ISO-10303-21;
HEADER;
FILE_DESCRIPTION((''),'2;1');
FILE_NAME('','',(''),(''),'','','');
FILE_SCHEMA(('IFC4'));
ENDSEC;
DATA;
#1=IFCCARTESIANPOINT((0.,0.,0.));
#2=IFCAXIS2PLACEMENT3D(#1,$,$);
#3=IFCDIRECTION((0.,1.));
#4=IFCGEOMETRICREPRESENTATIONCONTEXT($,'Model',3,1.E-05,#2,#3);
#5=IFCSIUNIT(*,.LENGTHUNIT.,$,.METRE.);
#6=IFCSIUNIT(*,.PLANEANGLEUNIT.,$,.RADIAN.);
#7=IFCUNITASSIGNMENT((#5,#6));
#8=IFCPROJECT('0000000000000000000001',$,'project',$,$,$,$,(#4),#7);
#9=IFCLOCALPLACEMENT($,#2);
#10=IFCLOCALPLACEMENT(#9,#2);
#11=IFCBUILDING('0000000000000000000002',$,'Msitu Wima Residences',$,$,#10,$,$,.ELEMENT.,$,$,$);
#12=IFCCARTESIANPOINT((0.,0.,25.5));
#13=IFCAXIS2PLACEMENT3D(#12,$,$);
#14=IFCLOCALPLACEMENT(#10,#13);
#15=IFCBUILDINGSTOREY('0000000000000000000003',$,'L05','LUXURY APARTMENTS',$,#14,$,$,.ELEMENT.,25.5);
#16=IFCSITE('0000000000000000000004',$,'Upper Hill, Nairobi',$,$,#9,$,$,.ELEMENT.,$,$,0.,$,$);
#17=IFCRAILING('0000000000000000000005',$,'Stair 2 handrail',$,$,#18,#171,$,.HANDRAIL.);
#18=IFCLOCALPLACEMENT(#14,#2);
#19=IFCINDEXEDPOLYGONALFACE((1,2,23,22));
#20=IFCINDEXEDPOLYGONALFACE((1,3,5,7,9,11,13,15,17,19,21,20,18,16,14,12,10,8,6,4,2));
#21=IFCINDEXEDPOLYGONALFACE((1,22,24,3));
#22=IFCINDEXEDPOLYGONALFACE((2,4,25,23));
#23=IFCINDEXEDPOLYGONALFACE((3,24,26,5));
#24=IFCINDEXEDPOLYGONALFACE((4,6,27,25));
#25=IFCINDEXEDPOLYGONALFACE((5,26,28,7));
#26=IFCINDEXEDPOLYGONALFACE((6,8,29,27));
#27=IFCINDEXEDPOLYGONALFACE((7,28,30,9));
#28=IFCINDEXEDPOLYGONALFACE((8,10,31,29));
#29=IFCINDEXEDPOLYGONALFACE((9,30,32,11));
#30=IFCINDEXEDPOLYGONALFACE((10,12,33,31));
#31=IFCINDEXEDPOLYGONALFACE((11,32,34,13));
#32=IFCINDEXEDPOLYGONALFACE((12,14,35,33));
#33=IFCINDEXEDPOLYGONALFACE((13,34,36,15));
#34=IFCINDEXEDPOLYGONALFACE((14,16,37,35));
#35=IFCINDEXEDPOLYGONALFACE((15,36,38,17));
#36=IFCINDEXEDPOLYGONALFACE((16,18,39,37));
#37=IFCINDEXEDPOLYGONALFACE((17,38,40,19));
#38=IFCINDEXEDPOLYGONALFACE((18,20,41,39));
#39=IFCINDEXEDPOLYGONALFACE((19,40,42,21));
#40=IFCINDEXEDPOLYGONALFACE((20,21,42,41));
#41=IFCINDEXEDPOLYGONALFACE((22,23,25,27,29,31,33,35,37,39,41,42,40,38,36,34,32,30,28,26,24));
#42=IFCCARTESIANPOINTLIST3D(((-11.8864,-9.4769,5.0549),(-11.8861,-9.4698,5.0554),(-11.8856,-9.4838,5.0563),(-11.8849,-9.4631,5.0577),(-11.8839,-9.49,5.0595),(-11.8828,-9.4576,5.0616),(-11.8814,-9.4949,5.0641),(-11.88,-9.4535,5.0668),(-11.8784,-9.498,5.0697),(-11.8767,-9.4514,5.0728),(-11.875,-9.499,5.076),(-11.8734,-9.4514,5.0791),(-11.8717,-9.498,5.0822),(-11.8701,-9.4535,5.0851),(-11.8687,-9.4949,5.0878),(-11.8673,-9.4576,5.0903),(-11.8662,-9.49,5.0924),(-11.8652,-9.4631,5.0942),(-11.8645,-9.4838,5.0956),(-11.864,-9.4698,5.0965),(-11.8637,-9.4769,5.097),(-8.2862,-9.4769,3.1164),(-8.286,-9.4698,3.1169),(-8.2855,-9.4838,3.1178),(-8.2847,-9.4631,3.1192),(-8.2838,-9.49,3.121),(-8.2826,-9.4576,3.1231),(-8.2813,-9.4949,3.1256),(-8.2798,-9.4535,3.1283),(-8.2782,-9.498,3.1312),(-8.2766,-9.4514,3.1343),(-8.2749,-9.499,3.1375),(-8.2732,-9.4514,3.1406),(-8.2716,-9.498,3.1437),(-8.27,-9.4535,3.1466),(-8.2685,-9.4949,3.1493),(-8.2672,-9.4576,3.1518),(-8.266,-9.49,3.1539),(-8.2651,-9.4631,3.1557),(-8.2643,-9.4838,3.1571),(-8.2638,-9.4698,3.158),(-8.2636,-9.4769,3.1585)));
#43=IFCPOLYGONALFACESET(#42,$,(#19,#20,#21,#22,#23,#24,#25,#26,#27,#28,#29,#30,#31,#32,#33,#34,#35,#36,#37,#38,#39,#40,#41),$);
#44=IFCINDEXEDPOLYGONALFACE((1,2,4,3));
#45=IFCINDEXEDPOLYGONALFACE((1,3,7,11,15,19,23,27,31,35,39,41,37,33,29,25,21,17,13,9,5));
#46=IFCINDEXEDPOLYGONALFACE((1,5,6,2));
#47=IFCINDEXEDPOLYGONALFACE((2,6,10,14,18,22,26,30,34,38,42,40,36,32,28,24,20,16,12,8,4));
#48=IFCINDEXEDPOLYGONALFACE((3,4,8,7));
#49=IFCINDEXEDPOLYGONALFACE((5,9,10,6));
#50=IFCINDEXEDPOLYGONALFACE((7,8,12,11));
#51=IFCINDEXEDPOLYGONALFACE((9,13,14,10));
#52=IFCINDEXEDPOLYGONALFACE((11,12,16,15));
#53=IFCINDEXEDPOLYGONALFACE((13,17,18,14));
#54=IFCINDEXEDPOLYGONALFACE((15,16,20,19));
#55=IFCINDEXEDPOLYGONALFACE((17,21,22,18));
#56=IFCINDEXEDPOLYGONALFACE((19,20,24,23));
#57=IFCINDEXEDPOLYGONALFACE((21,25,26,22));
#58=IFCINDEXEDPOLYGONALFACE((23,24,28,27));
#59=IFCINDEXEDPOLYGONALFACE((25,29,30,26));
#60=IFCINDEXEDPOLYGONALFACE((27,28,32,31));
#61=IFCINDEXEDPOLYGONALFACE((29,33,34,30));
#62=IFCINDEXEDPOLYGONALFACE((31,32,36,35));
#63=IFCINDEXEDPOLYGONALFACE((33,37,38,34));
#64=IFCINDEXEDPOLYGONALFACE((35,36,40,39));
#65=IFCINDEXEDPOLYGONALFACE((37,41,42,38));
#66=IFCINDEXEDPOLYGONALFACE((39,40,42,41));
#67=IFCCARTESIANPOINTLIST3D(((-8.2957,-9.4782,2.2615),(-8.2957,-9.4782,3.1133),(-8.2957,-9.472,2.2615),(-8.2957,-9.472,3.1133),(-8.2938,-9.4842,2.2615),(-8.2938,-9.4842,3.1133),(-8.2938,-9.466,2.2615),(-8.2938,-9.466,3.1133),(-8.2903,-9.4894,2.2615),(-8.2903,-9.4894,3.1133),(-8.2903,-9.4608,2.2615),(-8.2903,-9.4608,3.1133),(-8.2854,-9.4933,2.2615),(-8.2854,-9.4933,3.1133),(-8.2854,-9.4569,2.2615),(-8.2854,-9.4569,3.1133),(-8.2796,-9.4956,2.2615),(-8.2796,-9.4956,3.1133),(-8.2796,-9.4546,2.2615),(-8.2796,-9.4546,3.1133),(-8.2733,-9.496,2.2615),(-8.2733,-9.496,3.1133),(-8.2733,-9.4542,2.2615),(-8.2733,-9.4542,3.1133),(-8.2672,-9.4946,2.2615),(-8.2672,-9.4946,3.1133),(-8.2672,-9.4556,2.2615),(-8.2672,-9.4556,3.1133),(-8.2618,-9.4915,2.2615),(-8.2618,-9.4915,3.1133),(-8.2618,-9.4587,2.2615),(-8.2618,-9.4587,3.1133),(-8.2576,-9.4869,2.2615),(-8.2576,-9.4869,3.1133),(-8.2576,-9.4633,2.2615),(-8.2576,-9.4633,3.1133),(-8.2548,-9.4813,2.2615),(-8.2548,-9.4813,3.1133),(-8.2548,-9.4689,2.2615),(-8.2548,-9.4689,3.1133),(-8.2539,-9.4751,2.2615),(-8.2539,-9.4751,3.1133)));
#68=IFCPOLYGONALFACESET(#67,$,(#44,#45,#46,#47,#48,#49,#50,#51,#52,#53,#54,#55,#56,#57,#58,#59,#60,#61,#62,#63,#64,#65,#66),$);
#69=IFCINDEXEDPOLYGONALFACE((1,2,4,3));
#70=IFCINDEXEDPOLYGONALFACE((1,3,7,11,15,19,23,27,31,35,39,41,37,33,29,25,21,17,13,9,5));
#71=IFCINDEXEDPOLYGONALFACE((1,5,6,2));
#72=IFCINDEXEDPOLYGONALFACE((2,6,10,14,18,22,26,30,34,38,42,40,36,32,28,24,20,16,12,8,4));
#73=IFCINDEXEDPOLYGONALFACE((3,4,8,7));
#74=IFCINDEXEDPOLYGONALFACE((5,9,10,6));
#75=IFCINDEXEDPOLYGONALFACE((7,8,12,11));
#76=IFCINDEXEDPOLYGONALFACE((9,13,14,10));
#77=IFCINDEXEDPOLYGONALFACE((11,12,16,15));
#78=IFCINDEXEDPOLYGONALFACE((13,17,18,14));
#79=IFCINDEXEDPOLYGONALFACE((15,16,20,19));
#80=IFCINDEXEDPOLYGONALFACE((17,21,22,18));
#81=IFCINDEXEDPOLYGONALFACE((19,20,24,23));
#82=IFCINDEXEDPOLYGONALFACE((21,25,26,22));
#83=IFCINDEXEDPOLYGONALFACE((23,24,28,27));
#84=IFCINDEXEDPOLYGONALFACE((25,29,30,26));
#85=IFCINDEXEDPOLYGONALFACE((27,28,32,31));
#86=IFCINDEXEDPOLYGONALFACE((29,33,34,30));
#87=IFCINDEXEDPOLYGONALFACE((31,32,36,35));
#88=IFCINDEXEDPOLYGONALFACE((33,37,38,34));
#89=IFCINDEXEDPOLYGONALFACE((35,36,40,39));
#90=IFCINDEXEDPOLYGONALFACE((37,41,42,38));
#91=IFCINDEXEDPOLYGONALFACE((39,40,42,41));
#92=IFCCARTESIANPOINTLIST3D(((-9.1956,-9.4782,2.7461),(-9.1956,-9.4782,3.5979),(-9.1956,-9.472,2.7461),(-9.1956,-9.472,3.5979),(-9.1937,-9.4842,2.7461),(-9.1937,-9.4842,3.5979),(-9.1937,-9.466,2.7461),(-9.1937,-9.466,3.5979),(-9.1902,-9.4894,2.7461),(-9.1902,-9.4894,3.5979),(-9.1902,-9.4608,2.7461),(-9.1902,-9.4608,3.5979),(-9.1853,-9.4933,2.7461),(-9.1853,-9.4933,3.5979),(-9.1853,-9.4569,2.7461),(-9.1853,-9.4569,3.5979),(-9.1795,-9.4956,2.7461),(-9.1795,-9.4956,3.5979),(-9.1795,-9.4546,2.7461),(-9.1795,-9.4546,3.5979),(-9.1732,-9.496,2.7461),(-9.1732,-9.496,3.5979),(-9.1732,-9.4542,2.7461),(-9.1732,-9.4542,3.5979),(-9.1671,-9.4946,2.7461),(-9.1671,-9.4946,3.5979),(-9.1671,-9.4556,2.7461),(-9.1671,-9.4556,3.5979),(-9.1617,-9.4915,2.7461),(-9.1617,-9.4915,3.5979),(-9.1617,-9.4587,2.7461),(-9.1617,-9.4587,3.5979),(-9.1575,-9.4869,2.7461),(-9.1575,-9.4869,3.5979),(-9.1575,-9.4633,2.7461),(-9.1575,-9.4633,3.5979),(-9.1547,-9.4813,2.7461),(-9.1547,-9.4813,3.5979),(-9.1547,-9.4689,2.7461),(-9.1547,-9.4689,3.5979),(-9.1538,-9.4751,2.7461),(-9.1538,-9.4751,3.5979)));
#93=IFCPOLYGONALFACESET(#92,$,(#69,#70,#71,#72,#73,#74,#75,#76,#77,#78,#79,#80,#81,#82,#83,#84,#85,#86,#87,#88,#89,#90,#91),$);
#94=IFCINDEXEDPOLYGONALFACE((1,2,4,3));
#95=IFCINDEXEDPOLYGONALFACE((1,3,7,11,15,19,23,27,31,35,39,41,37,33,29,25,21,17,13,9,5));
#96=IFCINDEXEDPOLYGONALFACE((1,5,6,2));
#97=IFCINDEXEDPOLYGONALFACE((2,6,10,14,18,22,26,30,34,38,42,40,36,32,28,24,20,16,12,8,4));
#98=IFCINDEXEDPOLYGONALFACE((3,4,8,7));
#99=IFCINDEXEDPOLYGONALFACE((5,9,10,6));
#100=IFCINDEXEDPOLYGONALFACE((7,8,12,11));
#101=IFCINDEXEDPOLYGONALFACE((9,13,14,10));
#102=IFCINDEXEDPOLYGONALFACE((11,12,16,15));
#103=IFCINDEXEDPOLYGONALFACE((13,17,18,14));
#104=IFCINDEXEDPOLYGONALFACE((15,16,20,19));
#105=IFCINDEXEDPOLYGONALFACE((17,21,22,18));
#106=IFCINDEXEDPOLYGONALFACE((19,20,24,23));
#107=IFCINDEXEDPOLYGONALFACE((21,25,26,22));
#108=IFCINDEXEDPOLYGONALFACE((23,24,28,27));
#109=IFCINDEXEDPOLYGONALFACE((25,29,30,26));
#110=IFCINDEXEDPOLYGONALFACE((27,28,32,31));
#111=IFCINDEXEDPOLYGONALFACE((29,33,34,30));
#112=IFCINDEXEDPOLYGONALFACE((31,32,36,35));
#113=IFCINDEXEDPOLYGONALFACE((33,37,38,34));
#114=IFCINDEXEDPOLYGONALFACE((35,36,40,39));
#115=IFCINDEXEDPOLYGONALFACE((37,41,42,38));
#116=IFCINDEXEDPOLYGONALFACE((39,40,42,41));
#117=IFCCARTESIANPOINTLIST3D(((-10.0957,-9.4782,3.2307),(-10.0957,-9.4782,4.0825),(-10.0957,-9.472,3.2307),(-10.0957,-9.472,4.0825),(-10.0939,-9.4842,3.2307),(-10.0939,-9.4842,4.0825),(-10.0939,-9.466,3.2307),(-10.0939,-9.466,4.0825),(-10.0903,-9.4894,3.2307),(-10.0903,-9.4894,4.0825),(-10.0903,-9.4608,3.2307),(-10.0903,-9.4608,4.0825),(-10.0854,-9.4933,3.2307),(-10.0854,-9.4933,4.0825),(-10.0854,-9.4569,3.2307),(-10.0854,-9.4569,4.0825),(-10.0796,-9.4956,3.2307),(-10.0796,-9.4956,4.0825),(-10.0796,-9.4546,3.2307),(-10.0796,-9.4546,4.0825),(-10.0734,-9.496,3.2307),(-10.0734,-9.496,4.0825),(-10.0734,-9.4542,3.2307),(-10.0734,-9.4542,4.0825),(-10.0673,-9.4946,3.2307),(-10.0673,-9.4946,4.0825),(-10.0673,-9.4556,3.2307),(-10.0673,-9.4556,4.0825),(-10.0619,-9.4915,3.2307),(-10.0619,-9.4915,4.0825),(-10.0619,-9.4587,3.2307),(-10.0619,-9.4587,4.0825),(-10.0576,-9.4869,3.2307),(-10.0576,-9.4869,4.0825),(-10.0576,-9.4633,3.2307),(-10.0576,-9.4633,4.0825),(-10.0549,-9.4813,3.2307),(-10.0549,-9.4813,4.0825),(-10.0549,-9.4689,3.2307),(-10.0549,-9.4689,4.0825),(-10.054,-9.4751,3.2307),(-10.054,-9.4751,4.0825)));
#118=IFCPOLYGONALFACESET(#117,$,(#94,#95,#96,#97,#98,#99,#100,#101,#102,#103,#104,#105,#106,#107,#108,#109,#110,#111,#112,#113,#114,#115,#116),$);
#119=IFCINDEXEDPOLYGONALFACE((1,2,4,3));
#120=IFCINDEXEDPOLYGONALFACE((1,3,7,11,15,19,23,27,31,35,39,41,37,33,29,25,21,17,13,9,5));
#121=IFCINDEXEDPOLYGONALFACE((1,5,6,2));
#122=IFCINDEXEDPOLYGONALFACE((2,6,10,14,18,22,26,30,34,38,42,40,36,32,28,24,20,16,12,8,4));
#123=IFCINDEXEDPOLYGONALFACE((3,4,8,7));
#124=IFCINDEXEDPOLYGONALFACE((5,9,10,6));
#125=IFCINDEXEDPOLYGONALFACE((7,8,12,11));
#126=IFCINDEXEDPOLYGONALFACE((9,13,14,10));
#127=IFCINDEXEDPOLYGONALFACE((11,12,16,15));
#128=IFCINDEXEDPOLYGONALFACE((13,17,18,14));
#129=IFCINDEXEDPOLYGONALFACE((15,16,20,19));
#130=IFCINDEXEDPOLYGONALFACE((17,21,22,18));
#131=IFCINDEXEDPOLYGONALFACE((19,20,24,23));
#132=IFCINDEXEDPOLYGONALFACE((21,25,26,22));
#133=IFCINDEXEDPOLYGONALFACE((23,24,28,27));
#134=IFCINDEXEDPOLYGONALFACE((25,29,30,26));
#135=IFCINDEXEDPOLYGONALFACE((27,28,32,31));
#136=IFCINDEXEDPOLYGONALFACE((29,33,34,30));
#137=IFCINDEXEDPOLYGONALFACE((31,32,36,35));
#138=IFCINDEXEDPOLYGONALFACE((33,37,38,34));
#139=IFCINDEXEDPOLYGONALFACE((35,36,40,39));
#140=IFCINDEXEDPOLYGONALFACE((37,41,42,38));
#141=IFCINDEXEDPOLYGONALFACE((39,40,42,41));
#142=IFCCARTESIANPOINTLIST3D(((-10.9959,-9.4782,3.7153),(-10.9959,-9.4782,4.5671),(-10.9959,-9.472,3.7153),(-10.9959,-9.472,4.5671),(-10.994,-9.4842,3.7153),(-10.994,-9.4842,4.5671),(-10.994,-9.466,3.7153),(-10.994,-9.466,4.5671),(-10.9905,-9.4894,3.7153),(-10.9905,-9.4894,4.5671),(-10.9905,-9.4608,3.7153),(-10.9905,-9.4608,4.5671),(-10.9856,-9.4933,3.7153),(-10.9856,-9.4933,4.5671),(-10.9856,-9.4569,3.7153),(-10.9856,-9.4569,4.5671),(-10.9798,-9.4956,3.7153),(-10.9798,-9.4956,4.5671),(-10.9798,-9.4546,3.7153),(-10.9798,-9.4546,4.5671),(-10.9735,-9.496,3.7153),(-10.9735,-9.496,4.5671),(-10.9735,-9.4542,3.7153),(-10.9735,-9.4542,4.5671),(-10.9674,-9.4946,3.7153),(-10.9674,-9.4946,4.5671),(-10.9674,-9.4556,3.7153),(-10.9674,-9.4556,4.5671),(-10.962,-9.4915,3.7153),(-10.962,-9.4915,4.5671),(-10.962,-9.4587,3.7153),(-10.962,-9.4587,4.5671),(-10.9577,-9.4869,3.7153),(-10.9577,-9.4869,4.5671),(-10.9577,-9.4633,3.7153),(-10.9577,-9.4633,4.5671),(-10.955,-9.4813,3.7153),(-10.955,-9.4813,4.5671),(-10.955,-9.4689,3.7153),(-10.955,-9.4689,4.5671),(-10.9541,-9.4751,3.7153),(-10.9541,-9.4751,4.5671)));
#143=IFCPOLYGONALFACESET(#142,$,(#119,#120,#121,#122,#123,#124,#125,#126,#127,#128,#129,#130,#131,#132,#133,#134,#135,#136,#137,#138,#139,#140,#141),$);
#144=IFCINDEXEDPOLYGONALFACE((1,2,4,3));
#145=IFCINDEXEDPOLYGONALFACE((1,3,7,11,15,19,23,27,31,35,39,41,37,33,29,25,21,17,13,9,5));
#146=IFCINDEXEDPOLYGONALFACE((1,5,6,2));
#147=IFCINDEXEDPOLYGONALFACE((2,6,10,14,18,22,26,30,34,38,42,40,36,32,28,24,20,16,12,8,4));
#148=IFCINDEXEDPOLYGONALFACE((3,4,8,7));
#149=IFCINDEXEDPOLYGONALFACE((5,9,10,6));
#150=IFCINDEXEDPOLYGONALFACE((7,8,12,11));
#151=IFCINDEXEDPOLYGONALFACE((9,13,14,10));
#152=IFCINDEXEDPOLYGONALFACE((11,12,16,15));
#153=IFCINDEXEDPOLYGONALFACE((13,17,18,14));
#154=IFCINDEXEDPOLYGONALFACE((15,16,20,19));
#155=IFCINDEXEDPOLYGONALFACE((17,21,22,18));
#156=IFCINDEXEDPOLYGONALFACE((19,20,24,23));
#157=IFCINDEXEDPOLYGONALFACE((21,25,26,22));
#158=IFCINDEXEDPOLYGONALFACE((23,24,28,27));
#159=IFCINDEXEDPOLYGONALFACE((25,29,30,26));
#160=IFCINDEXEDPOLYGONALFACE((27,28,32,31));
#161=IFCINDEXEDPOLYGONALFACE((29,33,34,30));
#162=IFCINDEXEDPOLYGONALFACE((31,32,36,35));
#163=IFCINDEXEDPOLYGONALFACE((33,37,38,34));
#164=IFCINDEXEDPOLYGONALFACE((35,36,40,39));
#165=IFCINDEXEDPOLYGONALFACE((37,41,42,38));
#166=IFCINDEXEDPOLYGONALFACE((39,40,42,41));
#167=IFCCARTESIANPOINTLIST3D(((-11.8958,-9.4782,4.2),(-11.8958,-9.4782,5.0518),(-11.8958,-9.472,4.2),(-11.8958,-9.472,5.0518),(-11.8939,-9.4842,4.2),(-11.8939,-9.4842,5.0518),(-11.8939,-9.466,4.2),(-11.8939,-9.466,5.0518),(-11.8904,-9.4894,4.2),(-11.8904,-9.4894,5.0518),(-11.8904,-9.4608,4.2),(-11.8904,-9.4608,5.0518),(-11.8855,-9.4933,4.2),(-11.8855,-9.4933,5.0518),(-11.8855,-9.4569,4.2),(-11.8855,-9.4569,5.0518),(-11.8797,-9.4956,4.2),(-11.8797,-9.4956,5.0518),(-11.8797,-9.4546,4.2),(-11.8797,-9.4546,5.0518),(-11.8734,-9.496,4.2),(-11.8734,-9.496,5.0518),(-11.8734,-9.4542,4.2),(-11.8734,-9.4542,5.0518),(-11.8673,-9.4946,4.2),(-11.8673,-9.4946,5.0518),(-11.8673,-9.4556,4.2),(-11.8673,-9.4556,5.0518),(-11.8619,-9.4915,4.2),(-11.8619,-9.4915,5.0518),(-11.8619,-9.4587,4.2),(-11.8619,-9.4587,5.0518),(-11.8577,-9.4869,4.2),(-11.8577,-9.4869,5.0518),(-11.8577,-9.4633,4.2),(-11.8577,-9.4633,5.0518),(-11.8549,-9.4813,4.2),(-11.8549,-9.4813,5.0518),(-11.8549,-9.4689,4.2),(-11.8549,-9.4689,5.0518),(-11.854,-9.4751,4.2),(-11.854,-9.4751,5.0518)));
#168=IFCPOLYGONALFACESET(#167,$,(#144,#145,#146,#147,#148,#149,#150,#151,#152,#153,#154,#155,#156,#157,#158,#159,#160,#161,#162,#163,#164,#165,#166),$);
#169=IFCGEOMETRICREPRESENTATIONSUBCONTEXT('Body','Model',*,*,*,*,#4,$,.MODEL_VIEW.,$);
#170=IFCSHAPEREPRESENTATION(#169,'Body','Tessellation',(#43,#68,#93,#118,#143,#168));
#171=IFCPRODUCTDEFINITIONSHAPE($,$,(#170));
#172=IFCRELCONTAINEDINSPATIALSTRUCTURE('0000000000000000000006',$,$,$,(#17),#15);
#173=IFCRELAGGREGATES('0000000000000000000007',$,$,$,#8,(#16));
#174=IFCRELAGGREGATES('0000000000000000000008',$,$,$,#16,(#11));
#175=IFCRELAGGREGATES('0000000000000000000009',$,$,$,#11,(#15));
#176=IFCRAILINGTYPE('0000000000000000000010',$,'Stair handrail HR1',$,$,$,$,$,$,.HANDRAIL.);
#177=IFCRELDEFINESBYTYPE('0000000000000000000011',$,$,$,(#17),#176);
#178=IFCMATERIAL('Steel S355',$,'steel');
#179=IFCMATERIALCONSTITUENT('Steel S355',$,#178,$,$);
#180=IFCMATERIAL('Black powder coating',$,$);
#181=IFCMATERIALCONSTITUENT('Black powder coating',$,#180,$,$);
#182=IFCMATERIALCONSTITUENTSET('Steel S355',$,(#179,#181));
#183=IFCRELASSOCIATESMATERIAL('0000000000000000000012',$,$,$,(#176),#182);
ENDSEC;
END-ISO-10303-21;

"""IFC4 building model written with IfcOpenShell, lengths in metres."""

from ifc_helpers import new_model, si_unit, direction, frame, origin, origin_2d, place, context, subcontext, project, spatial, circle, extrude, material, constituent, constituent_set, type_object, element, save


model = new_model("IFC4")

# Units and contexts
model_context = context("Model", 3, precision=1e-05, world=origin(), true_north=direction((0.0, 1.0)))
body_context = subcontext(model_context, "Body", "Model", "MODEL_VIEW")
ifc_project = project(units=[si_unit("LENGTHUNIT", "METRE"), si_unit("PLANEANGLEUNIT", "RADIAN")], contexts=[model_context])

# Site, building, storey
site_placement = place(None, origin())
site = spatial("IfcSite", under=ifc_project, at=site_placement, Name="Upper Hill, Nairobi", CompositionType="ELEMENT", RefElevation=0.0)
building_placement = place(site_placement, origin())
building = spatial("IfcBuilding", under=site, at=building_placement, Name="Msitu Wima Residences", CompositionType="ELEMENT")
storey_placement = place(building_placement, frame((0.0, 0.0, 25.5)))
storey = spatial("IfcBuildingStorey", under=building, at=storey_placement, Name="L05", Description="LUXURY APARTMENTS", CompositionType="ELEMENT", Elevation=25.5)

# Railing
ifc_material_1 = material(Name="Steel S355", Category="steel")
ifc_constituent_1 = constituent(ifc_material_1, Name="Steel S355")
ifc_material_2 = material(Name="Black powder coating")
ifc_constituent_2 = constituent(ifc_material_2, Name="Black powder coating")
ifc_constituent_set = constituent_set(constituents=[ifc_constituent_1, ifc_constituent_2], Name="Steel S355")
railing_type = type_object("IfcRailingType", Name="Stair handrail HR1", PredefinedType="HANDRAIL", material=ifc_constituent_set)
railing_placement = place(storey_placement, frame((-8.2749, -9.4751, 2.2615)))
element("IfcRailing", 1, at=railing_placement, inside=storey, type_object=railing_type, Name="Stair 2 handrail", PredefinedType="HANDRAIL", context=body_context, shape_type="SweptSolid", body=[
    extrude(circle(Radius=0.0239, at=origin_2d()), frame((0.0, 0.0, 0.876), z_axis=(-0.880475, 0.0, 0.474093), x_axis=(0.0, -1.0, 0.0)), (0.0, 0.0, 1.0), 4.0889),
    extrude(circle(Radius=0.021, at=origin_2d()), origin(), (0.0, 0.0, 1.0), 0.8518),
    extrude(circle(Radius=0.021, at=origin_2d()), frame((-0.8999, 0.0, 0.4846)), (0.0, 0.0, 1.0), 0.8518),
    extrude(circle(Radius=0.021, at=origin_2d()), frame((-1.8, 0.0, 0.9692)), (0.0, 0.0, 1.0), 0.8518),
    extrude(circle(Radius=0.021, at=origin_2d()), frame((-2.7002, 0.0, 1.4539)), (0.0, 0.0, 1.0), 0.8518),
    extrude(circle(Radius=0.021, at=origin_2d()), frame((-3.6001, 0.0, 1.9385)), (0.0, 0.0, 1.0), 0.8518),
])

save(model, "model.ifc")
